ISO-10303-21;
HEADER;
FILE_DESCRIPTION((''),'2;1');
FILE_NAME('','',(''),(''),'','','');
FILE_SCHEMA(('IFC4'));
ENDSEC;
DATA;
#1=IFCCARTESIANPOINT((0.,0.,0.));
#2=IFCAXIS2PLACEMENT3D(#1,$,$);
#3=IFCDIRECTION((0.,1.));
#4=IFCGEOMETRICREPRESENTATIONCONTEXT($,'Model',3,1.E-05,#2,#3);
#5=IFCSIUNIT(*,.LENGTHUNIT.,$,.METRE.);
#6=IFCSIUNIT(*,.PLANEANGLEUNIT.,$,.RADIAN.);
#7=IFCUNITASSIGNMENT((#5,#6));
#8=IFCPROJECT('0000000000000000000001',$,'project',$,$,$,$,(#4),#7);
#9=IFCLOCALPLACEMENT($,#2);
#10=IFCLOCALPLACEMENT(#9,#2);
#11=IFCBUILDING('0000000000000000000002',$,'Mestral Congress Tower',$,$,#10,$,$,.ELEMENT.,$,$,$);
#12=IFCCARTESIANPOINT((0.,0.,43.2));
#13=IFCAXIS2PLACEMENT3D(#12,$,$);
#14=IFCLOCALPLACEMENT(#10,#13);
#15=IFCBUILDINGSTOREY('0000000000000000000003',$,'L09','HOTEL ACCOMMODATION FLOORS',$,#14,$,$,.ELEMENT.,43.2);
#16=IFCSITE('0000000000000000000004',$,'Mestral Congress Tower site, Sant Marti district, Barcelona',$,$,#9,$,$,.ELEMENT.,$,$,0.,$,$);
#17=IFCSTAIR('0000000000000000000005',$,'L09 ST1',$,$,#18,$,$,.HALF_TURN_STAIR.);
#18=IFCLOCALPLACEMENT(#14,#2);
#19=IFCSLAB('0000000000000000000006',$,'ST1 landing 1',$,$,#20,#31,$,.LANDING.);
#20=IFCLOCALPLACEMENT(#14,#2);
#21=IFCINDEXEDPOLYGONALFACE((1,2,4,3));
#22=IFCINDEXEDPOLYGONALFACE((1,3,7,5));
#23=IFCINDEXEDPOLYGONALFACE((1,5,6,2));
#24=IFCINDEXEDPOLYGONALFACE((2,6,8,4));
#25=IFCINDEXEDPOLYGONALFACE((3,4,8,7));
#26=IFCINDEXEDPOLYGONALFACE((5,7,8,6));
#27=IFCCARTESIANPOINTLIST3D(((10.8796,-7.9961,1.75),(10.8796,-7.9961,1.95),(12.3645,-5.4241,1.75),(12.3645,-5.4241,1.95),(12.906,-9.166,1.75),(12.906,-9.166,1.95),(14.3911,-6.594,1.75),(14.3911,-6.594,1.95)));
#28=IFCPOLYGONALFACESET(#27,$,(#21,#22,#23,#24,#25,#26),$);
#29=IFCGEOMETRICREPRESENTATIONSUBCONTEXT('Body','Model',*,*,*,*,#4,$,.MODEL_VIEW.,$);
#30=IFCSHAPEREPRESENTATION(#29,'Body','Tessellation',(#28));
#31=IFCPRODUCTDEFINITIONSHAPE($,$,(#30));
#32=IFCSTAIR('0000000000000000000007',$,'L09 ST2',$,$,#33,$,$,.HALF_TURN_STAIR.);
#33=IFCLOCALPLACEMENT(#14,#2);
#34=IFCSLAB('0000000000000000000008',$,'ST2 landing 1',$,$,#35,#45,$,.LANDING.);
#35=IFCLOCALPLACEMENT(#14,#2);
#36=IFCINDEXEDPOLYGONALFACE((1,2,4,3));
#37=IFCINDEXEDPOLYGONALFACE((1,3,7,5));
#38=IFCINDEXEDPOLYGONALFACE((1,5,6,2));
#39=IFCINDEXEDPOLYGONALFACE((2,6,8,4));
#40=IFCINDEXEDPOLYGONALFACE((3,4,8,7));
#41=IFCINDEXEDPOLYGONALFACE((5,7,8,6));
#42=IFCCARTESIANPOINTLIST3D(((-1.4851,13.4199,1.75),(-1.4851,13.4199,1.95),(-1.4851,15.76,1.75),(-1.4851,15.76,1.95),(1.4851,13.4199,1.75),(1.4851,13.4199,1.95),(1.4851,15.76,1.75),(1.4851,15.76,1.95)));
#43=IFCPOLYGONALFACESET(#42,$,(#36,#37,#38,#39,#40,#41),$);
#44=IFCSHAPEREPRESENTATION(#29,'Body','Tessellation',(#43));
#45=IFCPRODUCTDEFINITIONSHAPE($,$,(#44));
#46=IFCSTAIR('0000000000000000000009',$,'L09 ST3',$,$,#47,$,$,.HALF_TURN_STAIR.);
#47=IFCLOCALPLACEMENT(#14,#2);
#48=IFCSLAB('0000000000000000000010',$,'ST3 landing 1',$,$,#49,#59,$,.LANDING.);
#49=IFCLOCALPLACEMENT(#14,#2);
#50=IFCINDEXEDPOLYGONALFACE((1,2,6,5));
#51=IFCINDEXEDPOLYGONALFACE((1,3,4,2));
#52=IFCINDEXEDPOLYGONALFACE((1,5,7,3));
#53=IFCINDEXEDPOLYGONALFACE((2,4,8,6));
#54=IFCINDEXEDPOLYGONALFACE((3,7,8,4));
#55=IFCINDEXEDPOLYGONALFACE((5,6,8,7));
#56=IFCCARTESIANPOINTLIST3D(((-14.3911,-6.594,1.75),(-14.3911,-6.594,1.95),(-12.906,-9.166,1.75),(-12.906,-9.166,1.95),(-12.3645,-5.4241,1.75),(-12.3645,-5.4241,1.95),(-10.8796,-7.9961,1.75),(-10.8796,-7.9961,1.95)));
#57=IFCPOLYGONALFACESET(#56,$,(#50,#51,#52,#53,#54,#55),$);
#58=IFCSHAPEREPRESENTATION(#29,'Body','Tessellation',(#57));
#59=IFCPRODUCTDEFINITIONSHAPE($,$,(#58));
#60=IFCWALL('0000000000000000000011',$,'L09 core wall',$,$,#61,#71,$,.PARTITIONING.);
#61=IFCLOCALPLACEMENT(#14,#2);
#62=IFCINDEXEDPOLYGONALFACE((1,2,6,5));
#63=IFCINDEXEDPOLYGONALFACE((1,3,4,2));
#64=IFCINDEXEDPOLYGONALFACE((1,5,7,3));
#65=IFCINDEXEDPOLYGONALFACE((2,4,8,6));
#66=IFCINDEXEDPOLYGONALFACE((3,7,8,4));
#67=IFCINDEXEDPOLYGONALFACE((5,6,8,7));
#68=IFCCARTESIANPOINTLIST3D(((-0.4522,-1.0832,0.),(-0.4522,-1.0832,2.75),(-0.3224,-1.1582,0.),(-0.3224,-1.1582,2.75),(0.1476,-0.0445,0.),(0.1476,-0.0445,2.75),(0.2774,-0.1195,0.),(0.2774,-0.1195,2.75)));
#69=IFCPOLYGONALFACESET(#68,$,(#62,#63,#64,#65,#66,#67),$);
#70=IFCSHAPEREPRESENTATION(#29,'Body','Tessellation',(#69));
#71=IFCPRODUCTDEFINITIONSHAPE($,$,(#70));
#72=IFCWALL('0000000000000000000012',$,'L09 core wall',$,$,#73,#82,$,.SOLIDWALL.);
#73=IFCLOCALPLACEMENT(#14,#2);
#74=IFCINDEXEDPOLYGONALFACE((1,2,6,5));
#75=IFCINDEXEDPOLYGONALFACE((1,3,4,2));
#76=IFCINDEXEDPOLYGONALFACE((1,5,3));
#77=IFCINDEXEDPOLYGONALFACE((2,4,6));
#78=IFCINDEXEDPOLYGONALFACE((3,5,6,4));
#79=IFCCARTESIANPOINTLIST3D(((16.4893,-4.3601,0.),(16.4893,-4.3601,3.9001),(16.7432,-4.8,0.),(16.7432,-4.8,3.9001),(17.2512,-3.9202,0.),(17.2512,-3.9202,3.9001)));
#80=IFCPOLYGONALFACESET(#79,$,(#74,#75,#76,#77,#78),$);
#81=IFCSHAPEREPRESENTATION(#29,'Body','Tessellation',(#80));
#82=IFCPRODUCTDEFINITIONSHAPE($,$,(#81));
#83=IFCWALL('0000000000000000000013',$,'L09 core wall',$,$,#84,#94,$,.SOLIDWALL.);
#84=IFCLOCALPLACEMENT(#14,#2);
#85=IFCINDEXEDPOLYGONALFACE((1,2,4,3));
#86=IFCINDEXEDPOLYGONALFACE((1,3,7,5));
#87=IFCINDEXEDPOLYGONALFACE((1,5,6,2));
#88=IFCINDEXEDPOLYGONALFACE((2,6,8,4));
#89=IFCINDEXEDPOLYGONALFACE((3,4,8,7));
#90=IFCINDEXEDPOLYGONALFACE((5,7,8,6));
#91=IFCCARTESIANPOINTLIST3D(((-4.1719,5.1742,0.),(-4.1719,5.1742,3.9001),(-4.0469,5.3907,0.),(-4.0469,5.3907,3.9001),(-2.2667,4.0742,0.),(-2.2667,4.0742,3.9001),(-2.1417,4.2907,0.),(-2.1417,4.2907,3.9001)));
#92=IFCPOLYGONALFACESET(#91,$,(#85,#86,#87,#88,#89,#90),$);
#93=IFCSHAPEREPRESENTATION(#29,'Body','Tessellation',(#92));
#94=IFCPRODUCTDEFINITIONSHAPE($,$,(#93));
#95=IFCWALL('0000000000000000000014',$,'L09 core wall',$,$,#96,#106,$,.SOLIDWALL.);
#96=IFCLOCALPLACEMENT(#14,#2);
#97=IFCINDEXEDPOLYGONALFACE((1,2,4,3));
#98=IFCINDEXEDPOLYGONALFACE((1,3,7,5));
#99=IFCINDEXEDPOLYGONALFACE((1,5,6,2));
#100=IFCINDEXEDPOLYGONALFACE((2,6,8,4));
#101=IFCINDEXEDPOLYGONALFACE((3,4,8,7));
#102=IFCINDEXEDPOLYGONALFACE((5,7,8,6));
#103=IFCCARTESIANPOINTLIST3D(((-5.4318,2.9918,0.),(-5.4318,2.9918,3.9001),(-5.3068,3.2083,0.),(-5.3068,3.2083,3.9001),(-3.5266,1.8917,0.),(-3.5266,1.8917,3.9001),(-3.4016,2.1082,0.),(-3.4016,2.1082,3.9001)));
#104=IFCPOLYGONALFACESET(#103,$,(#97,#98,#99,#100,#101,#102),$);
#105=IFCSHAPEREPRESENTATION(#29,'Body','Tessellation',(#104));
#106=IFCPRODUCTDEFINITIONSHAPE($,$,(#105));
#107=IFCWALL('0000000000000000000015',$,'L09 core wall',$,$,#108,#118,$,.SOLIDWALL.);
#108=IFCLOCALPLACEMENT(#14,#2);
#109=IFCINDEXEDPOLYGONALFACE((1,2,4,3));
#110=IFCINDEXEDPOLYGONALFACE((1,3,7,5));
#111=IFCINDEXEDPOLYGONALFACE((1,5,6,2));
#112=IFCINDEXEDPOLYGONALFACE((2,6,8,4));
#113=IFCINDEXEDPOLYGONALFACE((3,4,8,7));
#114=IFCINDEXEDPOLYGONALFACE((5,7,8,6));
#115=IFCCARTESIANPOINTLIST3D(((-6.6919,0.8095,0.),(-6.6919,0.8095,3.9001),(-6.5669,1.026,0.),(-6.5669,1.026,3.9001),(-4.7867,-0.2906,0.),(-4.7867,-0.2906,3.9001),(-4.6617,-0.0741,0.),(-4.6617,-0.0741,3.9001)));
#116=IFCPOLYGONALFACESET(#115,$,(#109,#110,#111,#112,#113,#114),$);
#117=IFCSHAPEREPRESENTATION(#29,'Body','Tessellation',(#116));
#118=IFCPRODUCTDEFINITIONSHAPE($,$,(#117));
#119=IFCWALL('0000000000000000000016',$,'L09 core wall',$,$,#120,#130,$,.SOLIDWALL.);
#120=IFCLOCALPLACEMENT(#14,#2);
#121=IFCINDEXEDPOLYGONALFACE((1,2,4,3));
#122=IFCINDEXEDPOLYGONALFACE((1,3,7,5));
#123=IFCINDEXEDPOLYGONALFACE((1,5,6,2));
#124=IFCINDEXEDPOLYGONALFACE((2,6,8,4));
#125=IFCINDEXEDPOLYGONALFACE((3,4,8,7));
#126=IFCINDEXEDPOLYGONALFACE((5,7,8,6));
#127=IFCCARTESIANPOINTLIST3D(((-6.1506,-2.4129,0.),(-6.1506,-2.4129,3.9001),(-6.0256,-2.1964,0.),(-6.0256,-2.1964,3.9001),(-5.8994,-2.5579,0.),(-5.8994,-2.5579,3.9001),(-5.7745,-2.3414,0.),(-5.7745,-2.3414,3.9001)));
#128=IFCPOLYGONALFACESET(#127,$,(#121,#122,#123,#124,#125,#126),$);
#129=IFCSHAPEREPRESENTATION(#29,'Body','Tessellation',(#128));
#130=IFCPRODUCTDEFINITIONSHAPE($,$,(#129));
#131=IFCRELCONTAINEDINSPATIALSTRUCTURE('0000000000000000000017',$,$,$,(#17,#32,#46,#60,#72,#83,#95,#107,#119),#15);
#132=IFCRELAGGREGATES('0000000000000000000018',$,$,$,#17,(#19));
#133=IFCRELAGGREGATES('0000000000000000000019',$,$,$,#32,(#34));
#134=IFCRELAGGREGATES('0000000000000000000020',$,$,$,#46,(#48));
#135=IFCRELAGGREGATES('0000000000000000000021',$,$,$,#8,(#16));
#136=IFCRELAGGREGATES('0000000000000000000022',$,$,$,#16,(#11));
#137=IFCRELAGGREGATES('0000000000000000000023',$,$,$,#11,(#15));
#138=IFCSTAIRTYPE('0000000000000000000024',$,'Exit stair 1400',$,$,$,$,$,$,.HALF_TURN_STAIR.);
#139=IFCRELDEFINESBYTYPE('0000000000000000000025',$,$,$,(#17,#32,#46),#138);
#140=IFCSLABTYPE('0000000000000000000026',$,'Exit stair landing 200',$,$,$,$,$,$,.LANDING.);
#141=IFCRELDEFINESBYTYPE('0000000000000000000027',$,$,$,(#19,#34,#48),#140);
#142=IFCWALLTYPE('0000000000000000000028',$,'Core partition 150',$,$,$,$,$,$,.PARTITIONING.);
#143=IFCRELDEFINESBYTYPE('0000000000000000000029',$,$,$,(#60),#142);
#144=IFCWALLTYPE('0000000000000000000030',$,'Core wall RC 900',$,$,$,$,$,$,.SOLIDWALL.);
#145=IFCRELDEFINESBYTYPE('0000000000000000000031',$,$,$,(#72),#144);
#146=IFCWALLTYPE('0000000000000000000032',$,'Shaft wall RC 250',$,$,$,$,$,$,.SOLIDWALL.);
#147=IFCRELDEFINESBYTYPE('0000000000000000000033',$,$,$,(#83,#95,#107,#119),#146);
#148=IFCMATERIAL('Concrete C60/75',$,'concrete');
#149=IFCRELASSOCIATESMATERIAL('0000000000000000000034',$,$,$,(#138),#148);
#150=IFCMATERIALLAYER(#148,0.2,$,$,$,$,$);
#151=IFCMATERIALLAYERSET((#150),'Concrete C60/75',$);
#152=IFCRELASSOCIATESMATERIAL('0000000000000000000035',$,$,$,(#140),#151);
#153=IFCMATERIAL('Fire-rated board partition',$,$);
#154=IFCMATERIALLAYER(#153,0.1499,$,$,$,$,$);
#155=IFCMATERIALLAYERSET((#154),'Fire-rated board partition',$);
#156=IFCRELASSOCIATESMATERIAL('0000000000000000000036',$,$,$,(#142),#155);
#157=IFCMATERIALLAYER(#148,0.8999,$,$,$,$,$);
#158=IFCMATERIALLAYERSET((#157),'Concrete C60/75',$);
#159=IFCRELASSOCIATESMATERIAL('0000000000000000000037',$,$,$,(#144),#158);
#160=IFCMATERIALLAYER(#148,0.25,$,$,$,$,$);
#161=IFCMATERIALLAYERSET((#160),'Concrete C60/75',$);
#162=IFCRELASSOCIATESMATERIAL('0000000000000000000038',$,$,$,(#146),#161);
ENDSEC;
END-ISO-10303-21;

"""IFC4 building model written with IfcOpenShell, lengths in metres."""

from ifc_helpers import new_model, si_unit, direction, frame, frame_2d, origin, place, context, subcontext, project, spatial, polyline, rectangle, outline, extrude, material, layer, layer_set, type_object, element, aggregate, save


model = new_model("IFC4")

# Units and contexts
model_context = context("Model", 3, precision=1e-05, world=origin(), true_north=direction((0.0, 1.0)))
body_context = subcontext(model_context, "Body", "Model", "MODEL_VIEW")
ifc_project = project(units=[si_unit("LENGTHUNIT", "METRE"), si_unit("PLANEANGLEUNIT", "RADIAN")], contexts=[model_context])

# Site, building, storey
site_placement = place(None, origin())
site = spatial("IfcSite", under=ifc_project, at=site_placement, Name="Mestral Congress Tower site, Sant Marti district, Barcelona", CompositionType="ELEMENT", RefElevation=0.0)
building_placement = place(site_placement, origin())
building = spatial("IfcBuilding", under=site, at=building_placement, Name="Mestral Congress Tower", CompositionType="ELEMENT")
storey_placement = place(building_placement, frame((0.0, 0.0, 43.2)))
storey = spatial("IfcBuildingStorey", under=building, at=storey_placement, Name="L09", Description="HOTEL ACCOMMODATION FLOORS", CompositionType="ELEMENT", Elevation=43.2)

# Shared definitions
ifc_material_1 = material(Name="Concrete C60/75", Category="concrete")

# Stairs, slabs
stair_type = type_object("IfcStairType", Name="Exit stair 1400", PredefinedType="HALF_TURN_STAIR", material=ifc_material_1)
placement_1 = place(storey_placement, origin())
stair_1 = element("IfcStair", 1, at=placement_1, inside=storey, type_object=stair_type, Name="L09 ST1", PredefinedType="HALF_TURN_STAIR")
ifc_layer_1 = layer(ifc_material_1, 0.2)
ifc_layer_set_1 = layer_set([ifc_layer_1], Name="Concrete C60/75")
slab_type_1 = type_object("IfcSlabType", Name="Exit stair landing 200", PredefinedType="LANDING", material=ifc_layer_set_1)
placement_2 = place(storey_placement, frame((0.0, 0.0, 1.75)))
slab_1 = element("IfcSlab", 2, at=placement_2, type_object=slab_type_1, Name="ST1 landing 1", PredefinedType="LANDING", context=body_context, shape_type="SweptSolid", body=[
    extrude(outline(polyline([(10.8796, -7.9961), (12.3645, -5.4241), (14.3911, -6.594), (12.906, -9.166), (10.8796, -7.9961)])), origin(), (0.0, 0.0, 1.0), 0.2),
])
aggregate(stair_1, [slab_1])
stair_2 = element("IfcStair", 3, at=placement_1, inside=storey, type_object=stair_type, Name="L09 ST2", PredefinedType="HALF_TURN_STAIR")
slab_2 = element("IfcSlab", 4, at=placement_2, type_object=slab_type_1, Name="ST2 landing 1", PredefinedType="LANDING", context=body_context, shape_type="SweptSolid", body=[
    extrude(outline(polyline([(1.4851, 13.4199), (-1.4851, 13.4199), (-1.4851, 15.76), (1.4851, 15.76), (1.4851, 13.4199)])), origin(), (0.0, 0.0, 1.0), 0.2),
])
aggregate(stair_2, [slab_2])
stair_3 = element("IfcStair", 5, at=placement_1, inside=storey, type_object=stair_type, Name="L09 ST3", PredefinedType="HALF_TURN_STAIR")
slab_3 = element("IfcSlab", 6, at=placement_2, type_object=slab_type_1, Name="ST3 landing 1", PredefinedType="LANDING", context=body_context, shape_type="SweptSolid", body=[
    extrude(outline(polyline([(-12.3645, -5.4241), (-10.8796, -7.9961), (-12.906, -9.166), (-14.3911, -6.594), (-12.3645, -5.4241)])), origin(), (0.0, 0.0, 1.0), 0.2),
])
aggregate(stair_3, [slab_3])

# Walls
ifc_material_2 = material(Name="Fire-rated board partition")
ifc_layer_2 = layer(ifc_material_2, 0.1499)
ifc_layer_set_2 = layer_set([ifc_layer_2], Name="Fire-rated board partition")
wall_type_1 = type_object("IfcWallType", Name="Core partition 150", PredefinedType="PARTITIONING", material=ifc_layer_set_2)
wall_1_placement = place(storey_placement, frame((-0.3872, -1.1206, 0.0), z_axis=(0.0, 0.0, 1.0), x_axis=(0.500057, 0.865992, 0.0)))
element("IfcWall", 7, at=wall_1_placement, inside=storey, type_object=wall_type_1, Name="L09 core wall", PredefinedType="PARTITIONING", context=body_context, shape_type="SweptSolid", body=[
    extrude(rectangle(XDim=1.1995, YDim=0.1499, at=frame_2d((0.5996, 0.0))), origin(), (0.0, 0.0, 1.0), 2.75),
])
ifc_layer_3 = layer(ifc_material_1, 0.8999)
ifc_layer_set_3 = layer_set([ifc_layer_3], Name="Concrete C60/75")
wall_type_2 = type_object("IfcWallType", Name="Core wall RC 900", PredefinedType="SOLIDWALL", material=ifc_layer_set_3)
element("IfcWall", 8, at=placement_1, inside=storey, type_object=wall_type_2, Name="L09 core wall", PredefinedType="SOLIDWALL", context=body_context, shape_type="SweptSolid", body=[
    extrude(outline(polyline([(16.7432, -4.8), (16.4893, -4.3601), (17.2512, -3.9202), (16.7432, -4.8)])), origin(), (0.0, 0.0, 1.0), 3.9001),
])
ifc_layer_4 = layer(ifc_material_1, 0.25)
ifc_layer_set_4 = layer_set([ifc_layer_4], Name="Concrete C60/75")
wall_type_3 = type_object("IfcWallType", Name="Shaft wall RC 250", PredefinedType="SOLIDWALL", material=ifc_layer_set_4)
for number, where, z_axis, x_axis, name in (
    (9, (-2.2041, 4.1824, 0.0), (0.0, 0.0, 1.0), (-0.866008, 0.50003, 0.0), "L09 core wall"),
    (10, (-5.3694, 3.1001, 0.0), (0.0, 0.0, 1.0), (0.866008, -0.50003, 0.0), "L09 core wall"),
    (11, (-4.7241, -0.1824, 0.0), (0.0, 0.0, 1.0), (-0.866008, 0.50003, 0.0), "L09 core wall"),
):
    element("IfcWall", number, at=place(storey_placement, frame(where, z_axis=z_axis, x_axis=x_axis)), inside=storey, type_object=wall_type_3, Name=name, PredefinedType="SOLIDWALL", context=body_context, shape_type="SweptSolid", body=[
        extrude(rectangle(XDim=2.2, YDim=0.25, at=frame_2d((1.1001, 0.0))), origin(), (0.0, 0.0, 1.0), 3.9001),
    ])
wall_2_placement = place(storey_placement, frame((-6.0881, -2.3047, 0.0), z_axis=(0.0, 0.0, 1.0), x_axis=(0.866059, -0.499941, 0.0)))
element("IfcWall", 12, at=wall_2_placement, inside=storey, type_object=wall_type_3, Name="L09 core wall", PredefinedType="SOLIDWALL", context=body_context, shape_type="SweptSolid", body=[
    extrude(rectangle(XDim=0.29, YDim=0.25, at=frame_2d((0.145, 0.0))), origin(), (0.0, 0.0, 1.0), 3.9001),
])

save(model, "model.ifc")
